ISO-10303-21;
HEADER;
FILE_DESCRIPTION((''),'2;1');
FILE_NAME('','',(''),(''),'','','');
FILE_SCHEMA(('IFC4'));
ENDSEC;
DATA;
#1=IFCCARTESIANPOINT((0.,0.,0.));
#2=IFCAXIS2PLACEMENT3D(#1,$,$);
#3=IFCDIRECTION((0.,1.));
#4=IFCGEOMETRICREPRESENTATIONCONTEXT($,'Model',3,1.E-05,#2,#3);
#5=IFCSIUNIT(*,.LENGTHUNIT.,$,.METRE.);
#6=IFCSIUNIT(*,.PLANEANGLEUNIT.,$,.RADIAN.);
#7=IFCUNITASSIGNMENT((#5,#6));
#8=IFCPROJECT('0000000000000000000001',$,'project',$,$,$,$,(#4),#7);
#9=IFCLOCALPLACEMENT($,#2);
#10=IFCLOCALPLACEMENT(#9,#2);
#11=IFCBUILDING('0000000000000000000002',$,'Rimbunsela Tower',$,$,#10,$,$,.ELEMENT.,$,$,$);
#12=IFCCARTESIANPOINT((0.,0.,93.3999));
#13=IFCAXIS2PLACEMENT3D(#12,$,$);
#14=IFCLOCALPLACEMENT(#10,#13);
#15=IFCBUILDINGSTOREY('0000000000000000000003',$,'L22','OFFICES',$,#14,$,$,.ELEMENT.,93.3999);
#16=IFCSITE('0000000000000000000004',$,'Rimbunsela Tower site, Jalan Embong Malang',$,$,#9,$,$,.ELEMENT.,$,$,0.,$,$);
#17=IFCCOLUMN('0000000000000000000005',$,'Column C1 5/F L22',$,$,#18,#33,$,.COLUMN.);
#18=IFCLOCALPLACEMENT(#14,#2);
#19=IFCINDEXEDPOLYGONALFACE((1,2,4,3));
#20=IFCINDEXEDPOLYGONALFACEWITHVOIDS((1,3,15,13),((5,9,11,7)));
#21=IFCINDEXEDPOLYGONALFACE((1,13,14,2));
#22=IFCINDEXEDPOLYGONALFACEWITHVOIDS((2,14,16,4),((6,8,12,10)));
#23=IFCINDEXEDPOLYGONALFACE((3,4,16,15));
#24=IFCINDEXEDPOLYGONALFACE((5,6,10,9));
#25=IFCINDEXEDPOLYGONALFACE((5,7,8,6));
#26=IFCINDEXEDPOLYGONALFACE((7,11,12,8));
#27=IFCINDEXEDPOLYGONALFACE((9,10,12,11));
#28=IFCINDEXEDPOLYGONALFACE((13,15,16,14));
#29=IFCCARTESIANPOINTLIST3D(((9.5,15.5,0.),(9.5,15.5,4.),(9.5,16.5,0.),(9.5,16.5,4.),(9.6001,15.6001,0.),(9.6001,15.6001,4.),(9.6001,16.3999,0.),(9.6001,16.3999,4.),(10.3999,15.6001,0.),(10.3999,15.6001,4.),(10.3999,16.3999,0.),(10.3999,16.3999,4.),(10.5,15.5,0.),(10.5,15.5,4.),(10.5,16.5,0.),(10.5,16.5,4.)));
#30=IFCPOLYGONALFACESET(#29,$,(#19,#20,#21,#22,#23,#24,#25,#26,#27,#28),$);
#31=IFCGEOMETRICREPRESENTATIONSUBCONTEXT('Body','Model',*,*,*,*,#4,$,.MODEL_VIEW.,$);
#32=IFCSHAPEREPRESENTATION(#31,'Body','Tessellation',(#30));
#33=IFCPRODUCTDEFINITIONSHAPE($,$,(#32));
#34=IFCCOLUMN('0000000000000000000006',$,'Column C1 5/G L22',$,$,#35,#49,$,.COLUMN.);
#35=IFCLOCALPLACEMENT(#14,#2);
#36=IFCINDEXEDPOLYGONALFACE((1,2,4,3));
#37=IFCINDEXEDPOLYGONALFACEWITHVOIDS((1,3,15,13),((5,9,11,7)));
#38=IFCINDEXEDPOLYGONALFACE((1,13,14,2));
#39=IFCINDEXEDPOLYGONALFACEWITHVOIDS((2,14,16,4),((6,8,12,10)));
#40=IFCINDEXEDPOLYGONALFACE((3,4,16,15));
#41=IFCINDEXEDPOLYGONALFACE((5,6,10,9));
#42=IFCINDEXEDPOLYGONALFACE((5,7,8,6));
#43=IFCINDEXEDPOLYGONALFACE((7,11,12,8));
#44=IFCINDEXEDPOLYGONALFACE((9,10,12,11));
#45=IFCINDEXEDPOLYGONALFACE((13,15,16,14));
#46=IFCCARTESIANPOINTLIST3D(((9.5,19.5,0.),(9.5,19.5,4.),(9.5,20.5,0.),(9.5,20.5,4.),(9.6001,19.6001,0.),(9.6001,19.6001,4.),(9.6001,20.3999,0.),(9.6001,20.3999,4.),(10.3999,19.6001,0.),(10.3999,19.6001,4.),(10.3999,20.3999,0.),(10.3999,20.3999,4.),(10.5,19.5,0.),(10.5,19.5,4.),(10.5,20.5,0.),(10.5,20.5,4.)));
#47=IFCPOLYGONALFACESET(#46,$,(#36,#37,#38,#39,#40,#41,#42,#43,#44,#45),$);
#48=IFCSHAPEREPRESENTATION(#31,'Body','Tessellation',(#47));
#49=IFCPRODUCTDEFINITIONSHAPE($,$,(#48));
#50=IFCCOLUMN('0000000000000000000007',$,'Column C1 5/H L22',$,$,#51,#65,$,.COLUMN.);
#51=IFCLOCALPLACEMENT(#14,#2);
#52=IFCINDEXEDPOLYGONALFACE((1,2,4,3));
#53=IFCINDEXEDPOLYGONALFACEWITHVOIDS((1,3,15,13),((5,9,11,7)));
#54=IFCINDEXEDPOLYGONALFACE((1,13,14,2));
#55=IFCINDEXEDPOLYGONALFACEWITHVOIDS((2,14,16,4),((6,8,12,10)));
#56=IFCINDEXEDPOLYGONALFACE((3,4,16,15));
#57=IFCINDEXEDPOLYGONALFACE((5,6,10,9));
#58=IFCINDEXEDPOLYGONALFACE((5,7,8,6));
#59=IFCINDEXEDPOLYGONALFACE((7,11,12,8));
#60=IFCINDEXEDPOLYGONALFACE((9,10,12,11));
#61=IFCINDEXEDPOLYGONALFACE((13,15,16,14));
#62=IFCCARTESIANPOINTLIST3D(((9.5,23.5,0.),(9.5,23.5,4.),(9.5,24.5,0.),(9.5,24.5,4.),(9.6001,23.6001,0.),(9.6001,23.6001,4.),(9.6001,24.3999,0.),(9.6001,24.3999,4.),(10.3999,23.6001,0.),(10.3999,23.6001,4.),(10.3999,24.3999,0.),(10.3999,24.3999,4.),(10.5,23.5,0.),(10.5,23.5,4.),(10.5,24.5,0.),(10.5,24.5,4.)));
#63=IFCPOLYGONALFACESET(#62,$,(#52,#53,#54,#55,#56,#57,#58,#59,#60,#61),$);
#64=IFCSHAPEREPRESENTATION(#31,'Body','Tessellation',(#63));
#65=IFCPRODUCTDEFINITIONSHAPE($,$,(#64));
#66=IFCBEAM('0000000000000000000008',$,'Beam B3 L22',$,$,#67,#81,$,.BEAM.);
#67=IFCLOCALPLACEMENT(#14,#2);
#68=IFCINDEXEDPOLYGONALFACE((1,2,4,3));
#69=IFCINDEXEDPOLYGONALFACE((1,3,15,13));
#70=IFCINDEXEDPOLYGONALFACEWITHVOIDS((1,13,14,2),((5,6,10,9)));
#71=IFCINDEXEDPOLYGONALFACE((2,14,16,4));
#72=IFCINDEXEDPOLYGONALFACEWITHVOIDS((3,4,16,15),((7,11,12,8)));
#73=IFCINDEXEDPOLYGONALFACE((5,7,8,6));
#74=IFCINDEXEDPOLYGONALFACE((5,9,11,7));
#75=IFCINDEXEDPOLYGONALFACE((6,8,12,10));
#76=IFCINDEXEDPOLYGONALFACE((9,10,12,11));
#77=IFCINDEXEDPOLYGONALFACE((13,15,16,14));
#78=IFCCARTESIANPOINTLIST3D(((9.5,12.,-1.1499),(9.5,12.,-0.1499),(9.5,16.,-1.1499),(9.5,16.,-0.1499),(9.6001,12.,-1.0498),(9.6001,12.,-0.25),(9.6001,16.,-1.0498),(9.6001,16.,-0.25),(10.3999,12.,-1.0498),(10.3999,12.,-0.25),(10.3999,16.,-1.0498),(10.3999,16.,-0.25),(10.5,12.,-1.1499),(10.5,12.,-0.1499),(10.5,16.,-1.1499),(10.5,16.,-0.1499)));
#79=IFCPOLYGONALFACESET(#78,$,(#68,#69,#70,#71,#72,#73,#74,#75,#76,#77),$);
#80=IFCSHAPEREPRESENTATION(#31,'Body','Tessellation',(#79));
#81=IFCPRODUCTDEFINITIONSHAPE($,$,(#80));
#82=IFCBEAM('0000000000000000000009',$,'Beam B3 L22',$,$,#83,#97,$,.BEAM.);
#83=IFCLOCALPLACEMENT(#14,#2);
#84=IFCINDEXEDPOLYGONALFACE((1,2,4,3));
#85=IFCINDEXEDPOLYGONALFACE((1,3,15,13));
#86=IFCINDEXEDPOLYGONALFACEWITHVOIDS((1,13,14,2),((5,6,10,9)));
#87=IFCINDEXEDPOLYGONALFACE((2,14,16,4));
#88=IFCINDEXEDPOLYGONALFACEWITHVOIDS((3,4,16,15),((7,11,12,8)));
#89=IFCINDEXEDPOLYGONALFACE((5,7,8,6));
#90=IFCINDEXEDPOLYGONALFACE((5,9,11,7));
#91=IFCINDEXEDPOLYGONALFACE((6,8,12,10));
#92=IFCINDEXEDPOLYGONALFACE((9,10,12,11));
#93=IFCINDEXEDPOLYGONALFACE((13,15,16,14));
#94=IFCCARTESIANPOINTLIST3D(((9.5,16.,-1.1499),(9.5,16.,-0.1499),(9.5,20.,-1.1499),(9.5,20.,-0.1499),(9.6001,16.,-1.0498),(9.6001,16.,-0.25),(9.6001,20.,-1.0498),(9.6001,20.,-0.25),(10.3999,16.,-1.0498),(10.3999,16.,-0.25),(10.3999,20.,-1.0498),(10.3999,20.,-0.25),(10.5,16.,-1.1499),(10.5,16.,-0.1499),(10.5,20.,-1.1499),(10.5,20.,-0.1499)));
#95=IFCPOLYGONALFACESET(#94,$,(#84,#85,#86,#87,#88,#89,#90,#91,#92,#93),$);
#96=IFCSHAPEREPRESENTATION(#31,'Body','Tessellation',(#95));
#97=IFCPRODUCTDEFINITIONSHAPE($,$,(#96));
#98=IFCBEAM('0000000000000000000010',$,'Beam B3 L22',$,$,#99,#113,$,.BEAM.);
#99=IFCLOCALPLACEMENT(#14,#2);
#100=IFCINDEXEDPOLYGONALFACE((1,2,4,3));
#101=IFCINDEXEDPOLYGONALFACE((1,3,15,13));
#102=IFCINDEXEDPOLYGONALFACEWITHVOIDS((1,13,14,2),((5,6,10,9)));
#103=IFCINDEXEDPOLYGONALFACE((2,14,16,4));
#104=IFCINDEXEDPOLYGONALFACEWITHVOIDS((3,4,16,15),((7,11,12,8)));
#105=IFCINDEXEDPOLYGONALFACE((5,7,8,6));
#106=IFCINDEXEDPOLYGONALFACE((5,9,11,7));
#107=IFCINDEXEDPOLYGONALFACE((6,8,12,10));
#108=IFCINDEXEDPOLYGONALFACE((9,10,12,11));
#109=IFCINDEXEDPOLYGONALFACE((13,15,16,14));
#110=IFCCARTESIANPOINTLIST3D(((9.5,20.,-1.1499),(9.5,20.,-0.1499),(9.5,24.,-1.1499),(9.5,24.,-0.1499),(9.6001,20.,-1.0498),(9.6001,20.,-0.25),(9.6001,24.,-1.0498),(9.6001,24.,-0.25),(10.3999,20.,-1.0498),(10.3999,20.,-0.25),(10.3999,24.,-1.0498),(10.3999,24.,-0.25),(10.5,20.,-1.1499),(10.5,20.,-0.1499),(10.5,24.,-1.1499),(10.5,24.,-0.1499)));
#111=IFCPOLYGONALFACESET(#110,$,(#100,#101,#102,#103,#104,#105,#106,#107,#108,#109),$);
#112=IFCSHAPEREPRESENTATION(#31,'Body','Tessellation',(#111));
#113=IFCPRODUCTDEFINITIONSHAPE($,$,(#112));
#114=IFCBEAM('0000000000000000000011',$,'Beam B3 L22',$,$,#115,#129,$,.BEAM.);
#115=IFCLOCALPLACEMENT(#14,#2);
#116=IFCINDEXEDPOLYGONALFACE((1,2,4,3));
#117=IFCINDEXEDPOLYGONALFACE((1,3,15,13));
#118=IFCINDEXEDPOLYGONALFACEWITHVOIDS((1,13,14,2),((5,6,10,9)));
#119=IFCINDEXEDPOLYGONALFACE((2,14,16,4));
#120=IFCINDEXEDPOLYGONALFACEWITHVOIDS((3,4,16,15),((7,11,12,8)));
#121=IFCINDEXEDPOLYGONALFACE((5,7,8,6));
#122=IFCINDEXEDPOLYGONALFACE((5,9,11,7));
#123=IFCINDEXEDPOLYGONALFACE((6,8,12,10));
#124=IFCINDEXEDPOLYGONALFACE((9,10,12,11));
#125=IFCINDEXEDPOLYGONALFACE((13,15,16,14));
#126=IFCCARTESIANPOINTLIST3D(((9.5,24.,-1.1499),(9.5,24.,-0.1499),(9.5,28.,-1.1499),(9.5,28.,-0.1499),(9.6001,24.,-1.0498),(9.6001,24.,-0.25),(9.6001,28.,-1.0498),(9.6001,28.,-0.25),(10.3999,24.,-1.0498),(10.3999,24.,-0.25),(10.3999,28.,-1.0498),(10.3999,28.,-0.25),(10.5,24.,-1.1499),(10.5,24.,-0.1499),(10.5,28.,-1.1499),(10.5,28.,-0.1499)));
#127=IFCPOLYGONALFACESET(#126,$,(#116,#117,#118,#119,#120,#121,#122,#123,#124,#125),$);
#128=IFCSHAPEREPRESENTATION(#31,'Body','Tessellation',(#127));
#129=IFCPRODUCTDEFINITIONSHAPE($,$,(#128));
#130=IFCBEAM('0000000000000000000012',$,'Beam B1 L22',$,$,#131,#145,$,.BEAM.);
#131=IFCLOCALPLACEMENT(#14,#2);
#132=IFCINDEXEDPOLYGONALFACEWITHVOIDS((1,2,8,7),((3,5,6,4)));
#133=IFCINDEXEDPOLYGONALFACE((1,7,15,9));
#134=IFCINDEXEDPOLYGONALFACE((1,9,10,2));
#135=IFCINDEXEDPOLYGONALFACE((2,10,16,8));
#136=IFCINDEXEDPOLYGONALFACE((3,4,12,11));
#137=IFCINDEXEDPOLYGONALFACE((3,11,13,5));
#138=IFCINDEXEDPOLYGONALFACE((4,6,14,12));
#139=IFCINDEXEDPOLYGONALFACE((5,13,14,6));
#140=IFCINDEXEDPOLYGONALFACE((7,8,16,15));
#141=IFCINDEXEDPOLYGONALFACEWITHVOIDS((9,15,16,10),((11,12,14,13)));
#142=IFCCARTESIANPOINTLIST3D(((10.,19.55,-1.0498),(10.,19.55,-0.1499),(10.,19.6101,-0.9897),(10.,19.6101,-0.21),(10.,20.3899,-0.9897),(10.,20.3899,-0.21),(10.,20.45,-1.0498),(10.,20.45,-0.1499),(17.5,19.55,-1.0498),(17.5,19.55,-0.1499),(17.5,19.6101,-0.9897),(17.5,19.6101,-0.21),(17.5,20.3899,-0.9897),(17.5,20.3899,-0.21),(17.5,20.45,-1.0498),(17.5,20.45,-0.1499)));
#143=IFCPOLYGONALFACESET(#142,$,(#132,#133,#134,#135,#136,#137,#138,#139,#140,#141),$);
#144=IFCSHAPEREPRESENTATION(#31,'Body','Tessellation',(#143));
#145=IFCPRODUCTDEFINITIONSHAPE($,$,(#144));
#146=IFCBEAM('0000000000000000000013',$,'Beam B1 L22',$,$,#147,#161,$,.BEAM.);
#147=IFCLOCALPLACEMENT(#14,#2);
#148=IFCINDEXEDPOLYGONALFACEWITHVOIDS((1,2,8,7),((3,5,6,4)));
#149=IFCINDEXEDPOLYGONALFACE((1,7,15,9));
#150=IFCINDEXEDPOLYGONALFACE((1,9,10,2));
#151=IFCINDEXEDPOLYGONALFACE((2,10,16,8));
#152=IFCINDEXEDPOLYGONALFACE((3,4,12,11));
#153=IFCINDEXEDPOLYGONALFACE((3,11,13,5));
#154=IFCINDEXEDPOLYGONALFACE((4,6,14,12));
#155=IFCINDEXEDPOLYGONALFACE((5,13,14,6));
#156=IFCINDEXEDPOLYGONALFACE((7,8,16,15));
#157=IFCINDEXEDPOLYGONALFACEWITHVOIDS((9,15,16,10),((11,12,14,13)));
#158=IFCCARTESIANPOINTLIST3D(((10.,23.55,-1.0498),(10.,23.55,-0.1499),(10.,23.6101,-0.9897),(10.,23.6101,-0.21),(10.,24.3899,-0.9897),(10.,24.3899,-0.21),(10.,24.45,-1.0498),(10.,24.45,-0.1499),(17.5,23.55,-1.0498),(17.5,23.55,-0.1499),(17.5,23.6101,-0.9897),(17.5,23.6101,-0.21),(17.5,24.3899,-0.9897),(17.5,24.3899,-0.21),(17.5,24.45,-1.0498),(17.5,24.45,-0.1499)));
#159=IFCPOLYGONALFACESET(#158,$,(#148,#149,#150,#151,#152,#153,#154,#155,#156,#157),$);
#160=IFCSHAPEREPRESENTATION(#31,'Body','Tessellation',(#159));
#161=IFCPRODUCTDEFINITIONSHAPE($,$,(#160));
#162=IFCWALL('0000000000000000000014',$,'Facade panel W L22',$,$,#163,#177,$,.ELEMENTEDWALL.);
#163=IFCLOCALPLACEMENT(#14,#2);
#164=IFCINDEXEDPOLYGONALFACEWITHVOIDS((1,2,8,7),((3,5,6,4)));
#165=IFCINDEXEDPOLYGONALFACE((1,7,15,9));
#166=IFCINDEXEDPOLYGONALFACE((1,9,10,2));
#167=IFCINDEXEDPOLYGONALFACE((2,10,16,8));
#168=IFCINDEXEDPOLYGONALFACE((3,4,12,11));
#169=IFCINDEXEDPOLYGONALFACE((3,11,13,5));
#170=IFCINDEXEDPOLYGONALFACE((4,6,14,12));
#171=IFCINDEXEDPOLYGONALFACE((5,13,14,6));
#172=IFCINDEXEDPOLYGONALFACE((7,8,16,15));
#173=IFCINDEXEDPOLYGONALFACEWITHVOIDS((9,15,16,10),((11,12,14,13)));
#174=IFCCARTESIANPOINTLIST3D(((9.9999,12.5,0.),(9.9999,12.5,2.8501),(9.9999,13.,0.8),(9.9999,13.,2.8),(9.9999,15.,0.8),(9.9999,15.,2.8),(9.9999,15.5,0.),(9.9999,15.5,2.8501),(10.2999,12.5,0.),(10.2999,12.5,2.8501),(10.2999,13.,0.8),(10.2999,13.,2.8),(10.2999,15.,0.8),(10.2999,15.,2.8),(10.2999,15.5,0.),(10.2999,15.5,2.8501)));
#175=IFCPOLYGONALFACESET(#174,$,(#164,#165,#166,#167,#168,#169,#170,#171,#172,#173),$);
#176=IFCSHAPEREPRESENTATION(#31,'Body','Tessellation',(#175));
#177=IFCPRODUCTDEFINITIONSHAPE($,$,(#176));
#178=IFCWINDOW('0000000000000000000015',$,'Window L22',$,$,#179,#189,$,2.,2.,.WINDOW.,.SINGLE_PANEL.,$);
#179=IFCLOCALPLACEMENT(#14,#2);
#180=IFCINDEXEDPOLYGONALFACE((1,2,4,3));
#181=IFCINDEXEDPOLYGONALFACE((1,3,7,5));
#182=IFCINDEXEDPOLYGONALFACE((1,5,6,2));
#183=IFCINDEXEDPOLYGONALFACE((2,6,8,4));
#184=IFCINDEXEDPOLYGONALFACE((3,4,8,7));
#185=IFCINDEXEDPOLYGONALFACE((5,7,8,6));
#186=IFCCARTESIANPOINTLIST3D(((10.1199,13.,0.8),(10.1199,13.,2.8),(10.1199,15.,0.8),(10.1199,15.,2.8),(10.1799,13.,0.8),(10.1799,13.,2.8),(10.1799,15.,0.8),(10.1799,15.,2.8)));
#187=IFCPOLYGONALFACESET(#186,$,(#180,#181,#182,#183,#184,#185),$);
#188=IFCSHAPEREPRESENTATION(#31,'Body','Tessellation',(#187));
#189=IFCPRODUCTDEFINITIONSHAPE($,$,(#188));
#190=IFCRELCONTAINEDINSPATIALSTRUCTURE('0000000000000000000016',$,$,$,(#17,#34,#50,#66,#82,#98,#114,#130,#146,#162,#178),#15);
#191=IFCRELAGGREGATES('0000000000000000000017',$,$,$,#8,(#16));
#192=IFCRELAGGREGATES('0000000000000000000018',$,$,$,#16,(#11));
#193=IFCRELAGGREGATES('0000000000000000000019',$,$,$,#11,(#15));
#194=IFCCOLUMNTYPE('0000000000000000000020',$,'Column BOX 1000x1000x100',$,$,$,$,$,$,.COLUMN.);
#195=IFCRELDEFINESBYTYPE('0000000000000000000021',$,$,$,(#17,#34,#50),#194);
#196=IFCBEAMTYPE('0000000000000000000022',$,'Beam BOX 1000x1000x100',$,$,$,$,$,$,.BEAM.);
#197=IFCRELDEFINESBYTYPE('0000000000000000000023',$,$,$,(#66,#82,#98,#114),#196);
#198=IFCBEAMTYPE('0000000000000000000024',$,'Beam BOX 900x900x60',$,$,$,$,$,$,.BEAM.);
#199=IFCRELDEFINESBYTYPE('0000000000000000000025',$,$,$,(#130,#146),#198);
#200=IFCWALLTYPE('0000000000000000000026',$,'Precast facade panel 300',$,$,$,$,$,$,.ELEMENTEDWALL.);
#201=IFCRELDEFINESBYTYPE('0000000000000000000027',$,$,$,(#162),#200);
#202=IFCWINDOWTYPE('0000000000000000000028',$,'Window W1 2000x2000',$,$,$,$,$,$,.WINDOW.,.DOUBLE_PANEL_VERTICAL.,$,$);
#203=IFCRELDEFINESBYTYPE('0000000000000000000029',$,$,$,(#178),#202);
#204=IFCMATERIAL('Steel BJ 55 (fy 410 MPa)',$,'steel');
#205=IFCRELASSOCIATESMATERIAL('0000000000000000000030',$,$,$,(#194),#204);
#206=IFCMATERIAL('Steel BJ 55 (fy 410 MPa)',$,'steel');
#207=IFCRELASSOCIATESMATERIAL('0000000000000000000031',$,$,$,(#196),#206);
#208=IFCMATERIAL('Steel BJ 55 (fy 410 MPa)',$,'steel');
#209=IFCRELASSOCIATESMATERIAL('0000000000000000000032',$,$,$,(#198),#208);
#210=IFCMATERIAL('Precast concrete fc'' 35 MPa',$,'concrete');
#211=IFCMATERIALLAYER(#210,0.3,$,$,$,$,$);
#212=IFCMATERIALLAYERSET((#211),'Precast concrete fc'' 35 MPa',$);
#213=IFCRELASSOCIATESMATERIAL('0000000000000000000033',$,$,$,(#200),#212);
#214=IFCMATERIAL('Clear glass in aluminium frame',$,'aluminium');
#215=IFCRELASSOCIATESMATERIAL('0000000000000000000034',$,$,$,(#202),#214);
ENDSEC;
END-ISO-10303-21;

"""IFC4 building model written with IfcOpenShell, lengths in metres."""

from ifc_helpers import new_model, si_unit, direction, frame, frame_2d, origin, origin_2d, place, context, subcontext, project, spatial, rectangle, hollow_rectangle, extrude, material, layer, layer_set, material_profile, profile_set, type_object, element, fill, save


model = new_model("IFC4")

# Units and contexts
model_context = context("Model", 3, precision=1e-05, world=origin(), true_north=direction((0.0, 1.0)))
body_context = subcontext(model_context, "Body", "Model", "MODEL_VIEW")
ifc_project = project(units=[si_unit("LENGTHUNIT", "METRE"), si_unit("PLANEANGLEUNIT", "RADIAN")], contexts=[model_context])

# Site, building, storey
site_placement = place(None, origin())
site = spatial("IfcSite", under=ifc_project, at=site_placement, Name="Rimbunsela Tower site, Jalan Embong Malang", CompositionType="ELEMENT", RefElevation=0.0)
building_placement = place(site_placement, origin())
building = spatial("IfcBuilding", under=site, at=building_placement, Name="Rimbunsela Tower", CompositionType="ELEMENT")
storey_placement = place(building_placement, frame((0.0, 0.0, 93.3999)))
storey = spatial("IfcBuildingStorey", under=building, at=storey_placement, Name="L22", Description="OFFICES", CompositionType="ELEMENT", Elevation=93.3999)

# Columns
ifc_material_1 = material(Name="Steel BJ 55 (fy 410 MPa)", Category="steel")
ifc_material_profile_1 = material_profile(ifc_material_1, hollow_rectangle(XDim=1.0, YDim=1.0, WallThickness=0.1001, at=origin_2d()), Name="BOX 1000x1000x100")
ifc_profile_set_1 = profile_set([ifc_material_profile_1], Name="Steel BJ 55 (fy 410 MPa)")
column_type = type_object("IfcColumnType", Name="Column BOX 1000x1000x100", PredefinedType="COLUMN", material=ifc_profile_set_1)
for number, where, z_axis, x_axis, name in (
    (1, (10.0, 16.0, 0.0), (0.0, 0.0, 1.0), (1.0, 0.0, 0.0), "Column C1 5/F L22"),
    (2, (10.0, 20.0, 0.0), (0.0, 0.0, 1.0), (1.0, 0.0, 0.0), "Column C1 5/G L22"),
    (3, (10.0, 24.0, 0.0), (0.0, 0.0, 1.0), (1.0, 0.0, 0.0), "Column C1 5/H L22"),
):
    element("IfcColumn", number, at=place(storey_placement, frame(where, z_axis=z_axis, x_axis=x_axis)), inside=storey, type_object=column_type, Name=name, PredefinedType="COLUMN", context=body_context, shape_type="SweptSolid", body=[
        extrude(hollow_rectangle(XDim=1.0, YDim=1.0, WallThickness=0.1001, at=origin_2d()), origin(), (0.0, 0.0, 1.0), 4.0),
    ])

# Beams
ifc_material_2 = material(Name="Steel BJ 55 (fy 410 MPa)", Category="steel")
ifc_material_profile_2 = material_profile(ifc_material_2, hollow_rectangle(XDim=1.0, YDim=1.0, WallThickness=0.1001, at=origin_2d()), Name="BOX 1000x1000x100")
ifc_profile_set_2 = profile_set([ifc_material_profile_2], Name="Steel BJ 55 (fy 410 MPa)")
beam_type_1 = type_object("IfcBeamType", Name="Beam BOX 1000x1000x100", PredefinedType="BEAM", material=ifc_profile_set_2)
for number, where, z_axis, x_axis, name in (
    (4, (10.0, 12.0, -0.6499), (0.0, 1.0, 0.0), (-1.0, 0.0, 0.0), "Beam B3 L22"),
    (5, (10.0, 16.0, -0.6499), (0.0, 1.0, 0.0), (-1.0, 0.0, 0.0), "Beam B3 L22"),
    (6, (10.0, 20.0, -0.6499), (0.0, 1.0, 0.0), (-1.0, 0.0, 0.0), "Beam B3 L22"),
    (7, (10.0, 24.0, -0.6499), (0.0, 1.0, 0.0), (-1.0, 0.0, 0.0), "Beam B3 L22"),
):
    element("IfcBeam", number, at=place(storey_placement, frame(where, z_axis=z_axis, x_axis=x_axis)), inside=storey, type_object=beam_type_1, Name=name, PredefinedType="BEAM", context=body_context, shape_type="SweptSolid", body=[
        extrude(hollow_rectangle(XDim=1.0, YDim=1.0, WallThickness=0.1001, at=origin_2d()), origin(), (0.0, 0.0, 1.0), 4.0),
    ])
ifc_material_3 = material(Name="Steel BJ 55 (fy 410 MPa)", Category="steel")
ifc_material_profile_3 = material_profile(ifc_material_3, hollow_rectangle(XDim=0.8999, YDim=0.8999, WallThickness=0.0601, at=origin_2d()), Name="BOX 900x900x60")
ifc_profile_set_3 = profile_set([ifc_material_profile_3], Name="Steel BJ 55 (fy 410 MPa)")
beam_type_2 = type_object("IfcBeamType", Name="Beam BOX 900x900x60", PredefinedType="BEAM", material=ifc_profile_set_3)
for number, where, z_axis, x_axis, name in (
    (8, (10.0, 20.0, -0.5999), (1.0, 0.0, 0.0), (0.0, 1.0, 0.0), "Beam B1 L22"),
    (9, (10.0, 24.0, -0.5999), (1.0, 0.0, 0.0), (0.0, 1.0, 0.0), "Beam B1 L22"),
):
    element("IfcBeam", number, at=place(storey_placement, frame(where, z_axis=z_axis, x_axis=x_axis)), inside=storey, type_object=beam_type_2, Name=name, PredefinedType="BEAM", context=body_context, shape_type="SweptSolid", body=[
        extrude(hollow_rectangle(XDim=0.8999, YDim=0.8999, WallThickness=0.0601, at=origin_2d()), origin(), (0.0, 0.0, 1.0), 7.5),
    ])

# Wall, opening, window
ifc_material_4 = material(Name="Precast concrete fc' 35 MPa", Category="concrete")
ifc_layer_1 = layer(ifc_material_4, 0.3)
ifc_layer_set_1 = layer_set([ifc_layer_1], Name="Precast concrete fc' 35 MPa")
wall_type = type_object("IfcWallType", Name="Precast facade panel 300", PredefinedType="ELEMENTEDWALL", material=ifc_layer_set_1)
wall_placement = place(storey_placement, frame((10.1499, 15.5, 0.0), z_axis=(0.0, 0.0, 1.0), x_axis=(0.0, -1.0, 0.0)))
wall = element("IfcWall", 10, at=wall_placement, inside=storey, type_object=wall_type, Name="Facade panel W L22", PredefinedType="ELEMENTEDWALL", context=body_context, shape_type="SweptSolid", body=[
    extrude(rectangle(XDim=3.0, YDim=0.3, at=frame_2d((1.5, 0.0))), origin(), (0.0, 0.0, 1.0), 2.8501),
])
opening_placement = place(wall_placement, frame((0.5, 0.0, 0.8)))
opening = element("IfcOpeningElement", 11, at=opening_placement, cuts=wall, PredefinedType="OPENING", context=body_context, shape_type="SweptSolid", body=[
    extrude(rectangle(XDim=2.0, YDim=2.0, at=frame_2d((1.0, 1.0))), frame((0.0, 0.1599, 0.0), z_axis=(0.0, -1.0, 0.0), x_axis=(1.0, 0.0, 0.0)), (0.0, 0.0, 1.0), 0.3201),
])
ifc_material_5 = material(Name="Clear glass in aluminium frame", Category="aluminium")
window_type = type_object("IfcWindowType", Name="Window W1 2000x2000", PartitioningType="DOUBLE_PANEL_VERTICAL", PredefinedType="WINDOW", material=ifc_material_5)
window_placement = place(opening_placement, origin())
window = element("IfcWindow", 12, at=window_placement, inside=storey, type_object=window_type, Name="Window L22", OverallHeight=2.0, OverallWidth=2.0, PartitioningType="SINGLE_PANEL", PredefinedType="WINDOW", context=body_context, shape_type="SweptSolid", body=[
    extrude(rectangle(XDim=2.0, YDim=2.0, at=frame_2d((1.0, 1.0))), frame((0.0, 0.03, 0.0), z_axis=(0.0, -1.0, 0.0), x_axis=(1.0, 0.0, 0.0)), (0.0, 0.0, 1.0), 0.0601),
])
fill(opening, window)

save(model, "model.ifc")
